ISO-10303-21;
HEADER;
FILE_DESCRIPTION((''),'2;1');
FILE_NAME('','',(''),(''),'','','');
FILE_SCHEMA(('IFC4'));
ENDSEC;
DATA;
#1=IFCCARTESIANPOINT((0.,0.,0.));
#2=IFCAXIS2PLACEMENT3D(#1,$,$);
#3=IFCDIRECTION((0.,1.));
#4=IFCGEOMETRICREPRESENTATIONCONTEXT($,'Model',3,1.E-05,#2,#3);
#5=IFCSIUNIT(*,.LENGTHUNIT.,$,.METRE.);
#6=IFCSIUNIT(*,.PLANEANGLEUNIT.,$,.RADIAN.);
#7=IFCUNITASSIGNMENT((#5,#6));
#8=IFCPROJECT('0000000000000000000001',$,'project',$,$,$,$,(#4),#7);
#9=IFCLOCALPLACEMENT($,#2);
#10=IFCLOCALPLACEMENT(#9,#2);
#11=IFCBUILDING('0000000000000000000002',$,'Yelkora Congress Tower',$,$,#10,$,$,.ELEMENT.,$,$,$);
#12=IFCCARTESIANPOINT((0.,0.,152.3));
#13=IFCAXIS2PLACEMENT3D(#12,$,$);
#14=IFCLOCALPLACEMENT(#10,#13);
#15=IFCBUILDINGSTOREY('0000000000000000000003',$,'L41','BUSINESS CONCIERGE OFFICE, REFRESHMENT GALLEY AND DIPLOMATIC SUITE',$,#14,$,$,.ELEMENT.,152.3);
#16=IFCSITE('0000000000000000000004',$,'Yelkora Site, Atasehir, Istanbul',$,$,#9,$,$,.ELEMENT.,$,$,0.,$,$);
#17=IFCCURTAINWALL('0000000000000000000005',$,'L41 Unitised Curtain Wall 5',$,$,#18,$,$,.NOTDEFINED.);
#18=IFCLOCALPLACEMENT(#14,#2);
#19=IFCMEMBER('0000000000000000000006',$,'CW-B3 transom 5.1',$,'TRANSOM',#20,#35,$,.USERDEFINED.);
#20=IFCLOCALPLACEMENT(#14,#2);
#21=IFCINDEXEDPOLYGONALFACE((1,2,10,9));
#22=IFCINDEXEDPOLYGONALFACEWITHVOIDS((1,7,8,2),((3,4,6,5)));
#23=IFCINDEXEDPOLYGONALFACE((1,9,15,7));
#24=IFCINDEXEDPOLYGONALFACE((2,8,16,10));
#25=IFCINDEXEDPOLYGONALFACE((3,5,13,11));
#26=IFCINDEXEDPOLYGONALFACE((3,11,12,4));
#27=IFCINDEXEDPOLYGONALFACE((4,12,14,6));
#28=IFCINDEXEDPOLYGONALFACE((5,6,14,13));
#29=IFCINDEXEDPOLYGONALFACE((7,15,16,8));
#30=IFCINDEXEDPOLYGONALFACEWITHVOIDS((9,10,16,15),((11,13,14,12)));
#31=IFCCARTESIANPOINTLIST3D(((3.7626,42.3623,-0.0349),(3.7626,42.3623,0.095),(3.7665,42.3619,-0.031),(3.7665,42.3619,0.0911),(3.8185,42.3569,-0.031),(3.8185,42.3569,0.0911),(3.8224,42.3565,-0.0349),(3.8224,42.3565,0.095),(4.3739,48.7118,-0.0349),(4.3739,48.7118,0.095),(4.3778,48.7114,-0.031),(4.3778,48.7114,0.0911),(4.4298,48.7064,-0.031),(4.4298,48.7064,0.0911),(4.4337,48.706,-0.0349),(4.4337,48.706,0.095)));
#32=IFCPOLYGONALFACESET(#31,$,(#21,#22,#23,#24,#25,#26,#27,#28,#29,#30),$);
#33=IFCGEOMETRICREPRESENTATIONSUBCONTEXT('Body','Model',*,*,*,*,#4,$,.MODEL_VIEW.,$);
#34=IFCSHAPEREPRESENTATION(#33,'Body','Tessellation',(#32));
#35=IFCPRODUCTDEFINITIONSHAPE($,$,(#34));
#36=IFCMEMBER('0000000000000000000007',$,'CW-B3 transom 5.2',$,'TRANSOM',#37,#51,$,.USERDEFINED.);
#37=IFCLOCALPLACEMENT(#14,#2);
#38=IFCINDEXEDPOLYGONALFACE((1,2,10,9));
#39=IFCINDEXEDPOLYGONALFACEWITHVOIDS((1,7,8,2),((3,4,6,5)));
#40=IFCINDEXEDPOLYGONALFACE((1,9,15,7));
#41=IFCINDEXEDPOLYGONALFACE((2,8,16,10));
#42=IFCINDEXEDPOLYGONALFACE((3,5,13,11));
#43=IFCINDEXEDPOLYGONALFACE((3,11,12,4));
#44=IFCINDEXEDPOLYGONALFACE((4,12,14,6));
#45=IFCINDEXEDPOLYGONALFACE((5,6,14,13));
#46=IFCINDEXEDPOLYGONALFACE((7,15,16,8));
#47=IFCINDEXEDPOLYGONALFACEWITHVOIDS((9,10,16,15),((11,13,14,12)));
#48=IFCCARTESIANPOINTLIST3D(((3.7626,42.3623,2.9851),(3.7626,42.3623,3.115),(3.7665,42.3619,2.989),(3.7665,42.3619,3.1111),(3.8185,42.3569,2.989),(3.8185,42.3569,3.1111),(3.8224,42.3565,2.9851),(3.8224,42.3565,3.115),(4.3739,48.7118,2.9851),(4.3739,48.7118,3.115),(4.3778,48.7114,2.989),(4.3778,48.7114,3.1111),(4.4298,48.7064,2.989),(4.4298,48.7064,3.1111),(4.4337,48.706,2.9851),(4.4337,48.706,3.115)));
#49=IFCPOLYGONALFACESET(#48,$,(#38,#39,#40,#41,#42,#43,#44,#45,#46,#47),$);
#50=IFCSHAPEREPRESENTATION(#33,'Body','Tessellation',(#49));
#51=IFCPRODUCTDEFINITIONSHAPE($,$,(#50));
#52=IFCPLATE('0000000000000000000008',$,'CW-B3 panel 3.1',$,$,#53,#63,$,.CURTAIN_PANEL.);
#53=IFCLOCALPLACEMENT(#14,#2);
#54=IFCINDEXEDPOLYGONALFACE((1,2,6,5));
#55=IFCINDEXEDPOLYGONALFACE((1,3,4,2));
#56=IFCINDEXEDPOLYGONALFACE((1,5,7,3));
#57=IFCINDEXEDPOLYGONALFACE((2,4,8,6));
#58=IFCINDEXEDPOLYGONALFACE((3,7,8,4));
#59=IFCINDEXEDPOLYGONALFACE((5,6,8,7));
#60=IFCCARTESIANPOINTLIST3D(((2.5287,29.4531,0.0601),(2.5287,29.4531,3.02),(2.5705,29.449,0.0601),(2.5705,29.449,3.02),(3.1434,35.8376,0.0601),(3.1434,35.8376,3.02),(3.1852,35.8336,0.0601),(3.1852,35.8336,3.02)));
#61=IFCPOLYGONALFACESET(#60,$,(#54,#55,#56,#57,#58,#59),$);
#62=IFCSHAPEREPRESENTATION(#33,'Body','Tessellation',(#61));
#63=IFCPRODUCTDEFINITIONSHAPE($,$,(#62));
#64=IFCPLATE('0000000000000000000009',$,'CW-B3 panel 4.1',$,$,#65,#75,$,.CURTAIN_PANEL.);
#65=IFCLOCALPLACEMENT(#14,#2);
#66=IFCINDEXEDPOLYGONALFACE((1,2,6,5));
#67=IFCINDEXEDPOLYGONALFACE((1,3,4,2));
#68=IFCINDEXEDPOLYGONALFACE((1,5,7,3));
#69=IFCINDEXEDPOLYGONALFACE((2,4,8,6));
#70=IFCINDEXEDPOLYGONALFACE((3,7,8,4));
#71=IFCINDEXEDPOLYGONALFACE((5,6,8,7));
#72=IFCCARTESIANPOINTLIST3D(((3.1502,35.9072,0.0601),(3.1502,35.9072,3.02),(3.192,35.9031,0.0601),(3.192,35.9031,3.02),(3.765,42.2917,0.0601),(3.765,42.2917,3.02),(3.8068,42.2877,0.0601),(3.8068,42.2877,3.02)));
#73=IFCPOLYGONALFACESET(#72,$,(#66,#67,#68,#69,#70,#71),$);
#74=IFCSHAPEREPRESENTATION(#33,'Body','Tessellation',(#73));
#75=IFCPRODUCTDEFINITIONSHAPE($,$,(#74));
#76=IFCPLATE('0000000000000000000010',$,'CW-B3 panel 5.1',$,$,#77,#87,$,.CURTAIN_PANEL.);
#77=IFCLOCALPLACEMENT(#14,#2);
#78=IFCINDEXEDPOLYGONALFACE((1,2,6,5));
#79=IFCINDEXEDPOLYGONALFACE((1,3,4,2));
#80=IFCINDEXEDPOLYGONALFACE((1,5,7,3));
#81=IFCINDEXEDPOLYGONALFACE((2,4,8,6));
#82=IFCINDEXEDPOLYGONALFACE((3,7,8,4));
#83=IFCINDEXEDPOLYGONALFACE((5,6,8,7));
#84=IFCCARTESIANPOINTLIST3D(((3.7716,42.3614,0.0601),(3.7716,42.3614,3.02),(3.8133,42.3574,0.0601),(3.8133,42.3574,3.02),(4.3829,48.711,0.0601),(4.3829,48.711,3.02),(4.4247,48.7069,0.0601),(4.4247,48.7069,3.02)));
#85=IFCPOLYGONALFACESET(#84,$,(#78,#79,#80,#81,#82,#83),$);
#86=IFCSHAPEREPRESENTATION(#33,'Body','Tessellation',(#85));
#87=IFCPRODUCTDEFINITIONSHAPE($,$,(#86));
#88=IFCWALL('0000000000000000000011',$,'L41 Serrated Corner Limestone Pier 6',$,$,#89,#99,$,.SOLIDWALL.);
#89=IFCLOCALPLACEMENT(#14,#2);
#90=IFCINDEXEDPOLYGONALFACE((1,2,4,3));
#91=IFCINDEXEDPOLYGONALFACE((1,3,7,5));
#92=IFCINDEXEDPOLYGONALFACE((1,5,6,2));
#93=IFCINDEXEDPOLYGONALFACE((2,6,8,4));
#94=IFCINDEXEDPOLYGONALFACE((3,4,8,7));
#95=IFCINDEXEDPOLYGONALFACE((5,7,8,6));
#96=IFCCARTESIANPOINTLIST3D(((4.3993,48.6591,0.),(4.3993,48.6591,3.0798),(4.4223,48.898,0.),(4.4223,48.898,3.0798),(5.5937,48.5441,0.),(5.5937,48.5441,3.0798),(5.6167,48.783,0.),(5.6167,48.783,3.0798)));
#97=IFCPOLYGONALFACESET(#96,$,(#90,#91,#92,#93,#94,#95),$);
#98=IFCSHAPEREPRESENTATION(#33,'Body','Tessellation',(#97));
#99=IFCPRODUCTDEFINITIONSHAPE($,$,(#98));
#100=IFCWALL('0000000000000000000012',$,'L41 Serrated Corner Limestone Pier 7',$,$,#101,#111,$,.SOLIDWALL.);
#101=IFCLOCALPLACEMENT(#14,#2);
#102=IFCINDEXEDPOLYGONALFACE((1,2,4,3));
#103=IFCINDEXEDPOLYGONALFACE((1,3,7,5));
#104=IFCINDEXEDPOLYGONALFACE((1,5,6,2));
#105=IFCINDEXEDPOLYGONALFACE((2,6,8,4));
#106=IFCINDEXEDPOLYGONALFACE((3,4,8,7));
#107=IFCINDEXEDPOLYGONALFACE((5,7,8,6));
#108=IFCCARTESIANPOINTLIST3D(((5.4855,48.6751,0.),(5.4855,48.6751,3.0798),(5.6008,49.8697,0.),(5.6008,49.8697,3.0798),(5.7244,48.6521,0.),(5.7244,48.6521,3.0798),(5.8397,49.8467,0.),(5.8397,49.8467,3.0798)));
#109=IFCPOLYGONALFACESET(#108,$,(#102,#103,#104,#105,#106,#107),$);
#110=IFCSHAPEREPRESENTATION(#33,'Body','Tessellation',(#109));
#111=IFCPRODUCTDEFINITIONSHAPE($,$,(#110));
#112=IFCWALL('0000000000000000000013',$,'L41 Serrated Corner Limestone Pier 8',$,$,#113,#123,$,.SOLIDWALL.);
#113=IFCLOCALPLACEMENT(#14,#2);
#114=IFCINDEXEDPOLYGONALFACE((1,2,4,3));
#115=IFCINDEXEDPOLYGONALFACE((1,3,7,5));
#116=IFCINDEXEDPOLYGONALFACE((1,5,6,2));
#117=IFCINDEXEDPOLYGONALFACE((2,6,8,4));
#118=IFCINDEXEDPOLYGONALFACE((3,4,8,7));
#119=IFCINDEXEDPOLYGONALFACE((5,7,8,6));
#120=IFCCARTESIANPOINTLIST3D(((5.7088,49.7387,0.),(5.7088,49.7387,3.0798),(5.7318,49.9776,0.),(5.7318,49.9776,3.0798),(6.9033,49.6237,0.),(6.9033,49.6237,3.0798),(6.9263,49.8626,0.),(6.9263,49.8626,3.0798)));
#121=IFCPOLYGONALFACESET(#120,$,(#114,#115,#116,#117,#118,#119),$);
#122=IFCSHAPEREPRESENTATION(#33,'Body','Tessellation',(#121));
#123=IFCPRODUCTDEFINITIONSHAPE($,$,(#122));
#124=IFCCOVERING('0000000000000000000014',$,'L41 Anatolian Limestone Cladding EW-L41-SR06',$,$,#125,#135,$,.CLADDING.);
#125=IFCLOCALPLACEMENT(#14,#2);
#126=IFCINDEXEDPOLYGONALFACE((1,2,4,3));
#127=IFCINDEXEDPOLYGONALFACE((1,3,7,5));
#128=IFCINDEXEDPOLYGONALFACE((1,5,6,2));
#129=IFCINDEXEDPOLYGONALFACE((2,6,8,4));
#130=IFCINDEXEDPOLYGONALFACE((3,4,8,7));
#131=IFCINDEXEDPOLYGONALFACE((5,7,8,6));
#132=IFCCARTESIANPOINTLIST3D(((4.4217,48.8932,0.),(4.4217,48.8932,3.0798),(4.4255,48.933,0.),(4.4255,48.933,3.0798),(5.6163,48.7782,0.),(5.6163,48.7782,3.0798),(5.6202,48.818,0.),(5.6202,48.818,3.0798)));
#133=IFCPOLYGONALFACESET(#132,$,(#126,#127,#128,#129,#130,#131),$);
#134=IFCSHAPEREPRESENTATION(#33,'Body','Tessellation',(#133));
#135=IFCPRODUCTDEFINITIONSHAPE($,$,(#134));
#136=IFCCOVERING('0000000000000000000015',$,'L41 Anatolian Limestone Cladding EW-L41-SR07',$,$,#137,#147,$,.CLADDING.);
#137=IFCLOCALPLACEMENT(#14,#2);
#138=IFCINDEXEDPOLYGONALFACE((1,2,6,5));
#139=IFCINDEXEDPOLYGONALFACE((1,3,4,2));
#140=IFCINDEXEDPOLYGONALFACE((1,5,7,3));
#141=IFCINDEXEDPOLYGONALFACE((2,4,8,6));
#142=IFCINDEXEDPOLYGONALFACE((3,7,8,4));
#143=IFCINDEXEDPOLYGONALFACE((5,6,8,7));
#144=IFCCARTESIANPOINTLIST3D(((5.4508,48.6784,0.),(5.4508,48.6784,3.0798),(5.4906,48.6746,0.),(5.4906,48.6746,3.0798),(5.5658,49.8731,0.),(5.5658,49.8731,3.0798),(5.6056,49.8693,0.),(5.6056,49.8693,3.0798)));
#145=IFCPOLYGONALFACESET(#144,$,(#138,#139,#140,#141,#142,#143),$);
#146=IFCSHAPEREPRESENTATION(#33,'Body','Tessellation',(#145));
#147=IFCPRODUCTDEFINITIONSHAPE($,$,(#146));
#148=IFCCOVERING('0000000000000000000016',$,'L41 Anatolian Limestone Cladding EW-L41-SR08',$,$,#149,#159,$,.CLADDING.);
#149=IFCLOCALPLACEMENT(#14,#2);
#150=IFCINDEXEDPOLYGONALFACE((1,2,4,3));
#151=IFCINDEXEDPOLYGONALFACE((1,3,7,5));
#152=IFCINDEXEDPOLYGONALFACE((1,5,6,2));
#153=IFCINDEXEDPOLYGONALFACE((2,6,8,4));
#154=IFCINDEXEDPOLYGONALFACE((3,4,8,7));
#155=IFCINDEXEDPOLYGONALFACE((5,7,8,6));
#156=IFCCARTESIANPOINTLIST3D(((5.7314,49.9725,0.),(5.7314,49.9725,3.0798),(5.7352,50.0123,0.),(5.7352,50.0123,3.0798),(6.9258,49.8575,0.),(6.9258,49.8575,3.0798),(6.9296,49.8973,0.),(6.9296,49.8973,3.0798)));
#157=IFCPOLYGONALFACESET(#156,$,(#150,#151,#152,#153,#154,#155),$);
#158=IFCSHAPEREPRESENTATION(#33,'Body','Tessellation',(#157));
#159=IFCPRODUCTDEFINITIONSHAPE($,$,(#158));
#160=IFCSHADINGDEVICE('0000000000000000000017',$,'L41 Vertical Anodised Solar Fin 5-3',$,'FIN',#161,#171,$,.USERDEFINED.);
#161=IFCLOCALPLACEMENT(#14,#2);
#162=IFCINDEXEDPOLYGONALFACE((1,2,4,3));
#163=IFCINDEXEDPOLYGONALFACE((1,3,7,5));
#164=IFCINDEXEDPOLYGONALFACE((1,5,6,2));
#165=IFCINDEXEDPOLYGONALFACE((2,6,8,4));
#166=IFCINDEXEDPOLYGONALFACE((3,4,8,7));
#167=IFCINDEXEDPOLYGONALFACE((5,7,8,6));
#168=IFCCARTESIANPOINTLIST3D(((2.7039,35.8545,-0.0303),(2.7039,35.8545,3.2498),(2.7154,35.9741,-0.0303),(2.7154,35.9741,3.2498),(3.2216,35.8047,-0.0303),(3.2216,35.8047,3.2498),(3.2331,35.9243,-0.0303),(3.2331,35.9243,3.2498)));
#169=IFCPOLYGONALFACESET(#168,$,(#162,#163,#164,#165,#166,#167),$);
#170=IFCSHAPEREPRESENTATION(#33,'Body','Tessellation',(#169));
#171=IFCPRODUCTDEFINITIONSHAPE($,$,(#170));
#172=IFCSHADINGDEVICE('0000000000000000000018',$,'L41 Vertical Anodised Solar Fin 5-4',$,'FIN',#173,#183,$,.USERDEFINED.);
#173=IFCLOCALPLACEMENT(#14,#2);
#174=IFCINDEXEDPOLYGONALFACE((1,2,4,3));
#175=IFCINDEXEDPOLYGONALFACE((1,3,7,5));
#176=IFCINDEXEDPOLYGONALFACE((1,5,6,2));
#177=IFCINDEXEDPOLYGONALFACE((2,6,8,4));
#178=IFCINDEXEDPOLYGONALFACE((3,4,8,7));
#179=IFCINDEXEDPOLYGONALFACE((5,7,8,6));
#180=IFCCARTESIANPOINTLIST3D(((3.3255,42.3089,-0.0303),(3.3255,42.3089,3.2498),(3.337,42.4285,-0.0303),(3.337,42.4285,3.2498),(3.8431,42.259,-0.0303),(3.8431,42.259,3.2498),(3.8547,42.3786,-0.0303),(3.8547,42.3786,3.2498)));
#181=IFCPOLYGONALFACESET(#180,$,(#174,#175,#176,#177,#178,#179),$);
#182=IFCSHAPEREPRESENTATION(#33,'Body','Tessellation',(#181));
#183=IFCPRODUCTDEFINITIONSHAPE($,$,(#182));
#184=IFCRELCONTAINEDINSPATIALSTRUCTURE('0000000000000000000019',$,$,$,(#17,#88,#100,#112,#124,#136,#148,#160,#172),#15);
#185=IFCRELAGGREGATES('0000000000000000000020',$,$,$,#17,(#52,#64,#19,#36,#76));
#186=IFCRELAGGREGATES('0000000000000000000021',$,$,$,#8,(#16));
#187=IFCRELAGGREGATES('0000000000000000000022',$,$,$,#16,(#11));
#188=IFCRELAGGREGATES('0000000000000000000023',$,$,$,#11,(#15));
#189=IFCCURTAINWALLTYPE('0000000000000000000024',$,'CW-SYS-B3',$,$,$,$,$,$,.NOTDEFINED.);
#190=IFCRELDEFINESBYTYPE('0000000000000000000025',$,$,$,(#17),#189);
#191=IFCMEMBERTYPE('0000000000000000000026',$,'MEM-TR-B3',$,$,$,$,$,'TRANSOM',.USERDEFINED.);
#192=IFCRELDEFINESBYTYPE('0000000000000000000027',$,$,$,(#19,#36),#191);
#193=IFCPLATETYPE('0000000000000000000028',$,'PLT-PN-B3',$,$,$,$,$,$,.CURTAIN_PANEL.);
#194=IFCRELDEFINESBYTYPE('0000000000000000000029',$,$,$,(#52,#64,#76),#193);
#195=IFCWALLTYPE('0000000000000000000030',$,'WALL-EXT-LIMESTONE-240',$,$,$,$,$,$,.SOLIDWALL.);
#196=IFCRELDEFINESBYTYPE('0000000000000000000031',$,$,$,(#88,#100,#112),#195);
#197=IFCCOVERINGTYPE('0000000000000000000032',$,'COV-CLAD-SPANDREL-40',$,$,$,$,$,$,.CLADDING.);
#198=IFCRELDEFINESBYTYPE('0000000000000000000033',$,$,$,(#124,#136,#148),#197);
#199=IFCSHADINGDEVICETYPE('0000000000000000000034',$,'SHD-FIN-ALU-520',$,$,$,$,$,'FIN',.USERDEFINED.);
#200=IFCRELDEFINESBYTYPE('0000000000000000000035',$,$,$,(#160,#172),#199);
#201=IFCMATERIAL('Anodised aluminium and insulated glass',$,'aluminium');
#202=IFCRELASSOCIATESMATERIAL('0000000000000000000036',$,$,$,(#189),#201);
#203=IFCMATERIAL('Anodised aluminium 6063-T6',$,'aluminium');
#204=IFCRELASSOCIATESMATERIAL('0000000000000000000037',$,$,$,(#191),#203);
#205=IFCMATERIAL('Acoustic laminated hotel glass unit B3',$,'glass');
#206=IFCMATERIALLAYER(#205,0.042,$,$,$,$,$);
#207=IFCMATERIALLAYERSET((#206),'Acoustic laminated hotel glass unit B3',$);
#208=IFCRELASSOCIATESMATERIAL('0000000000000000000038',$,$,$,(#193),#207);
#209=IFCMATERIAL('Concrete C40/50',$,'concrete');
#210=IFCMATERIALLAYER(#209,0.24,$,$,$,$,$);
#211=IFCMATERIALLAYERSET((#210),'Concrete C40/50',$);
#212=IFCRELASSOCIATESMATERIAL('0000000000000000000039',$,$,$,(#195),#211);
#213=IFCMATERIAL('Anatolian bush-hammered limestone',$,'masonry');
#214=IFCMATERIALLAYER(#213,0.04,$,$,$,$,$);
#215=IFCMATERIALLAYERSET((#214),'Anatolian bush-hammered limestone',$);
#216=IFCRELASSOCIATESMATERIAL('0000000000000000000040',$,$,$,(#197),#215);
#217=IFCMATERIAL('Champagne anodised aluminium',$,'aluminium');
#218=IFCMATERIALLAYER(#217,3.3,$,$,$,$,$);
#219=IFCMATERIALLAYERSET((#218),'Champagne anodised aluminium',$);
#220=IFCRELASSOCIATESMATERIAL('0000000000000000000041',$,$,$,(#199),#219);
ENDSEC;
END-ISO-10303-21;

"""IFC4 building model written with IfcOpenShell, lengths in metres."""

from ifc_helpers import new_model, si_unit, direction, frame, frame_2d, origin, origin_2d, place, context, subcontext, project, spatial, rectangle, hollow_rectangle, extrude, material, layer, layer_set, material_profile, profile_set, type_object, element, aggregate, save


model = new_model("IFC4")

# Units and contexts
model_context = context("Model", 3, precision=1e-05, world=origin(), true_north=direction((0.0, 1.0)))
body_context = subcontext(model_context, "Body", "Model", "MODEL_VIEW")
ifc_project = project(units=[si_unit("LENGTHUNIT", "METRE"), si_unit("PLANEANGLEUNIT", "RADIAN")], contexts=[model_context])

# Site, building, storey
site_placement = place(None, origin())
site = spatial("IfcSite", under=ifc_project, at=site_placement, Name="Yelkora Site, Atasehir, Istanbul", CompositionType="ELEMENT", RefElevation=0.0)
building_placement = place(site_placement, origin())
building = spatial("IfcBuilding", under=site, at=building_placement, Name="Yelkora Congress Tower", CompositionType="ELEMENT")
storey_placement = place(building_placement, frame((0.0, 0.0, 152.3)))
storey = spatial("IfcBuildingStorey", under=building, at=storey_placement, Name="L41", Description="BUSINESS CONCIERGE OFFICE, REFRESHMENT GALLEY AND DIPLOMATIC SUITE", CompositionType="ELEMENT", Elevation=152.3)

# Curtain wall, members, plates
ifc_material_1 = material(Name="Anodised aluminium and insulated glass", Category="aluminium")
curtain_wall_type = type_object("IfcCurtainWallType", Name="CW-SYS-B3", PredefinedType="NOTDEFINED", material=ifc_material_1)
curtain_wall_placement = place(storey_placement, origin())
curtain_wall = element("IfcCurtainWall", 1, at=curtain_wall_placement, inside=storey, type_object=curtain_wall_type, Name="L41 Unitised Curtain Wall 5", PredefinedType="NOTDEFINED")
ifc_material_2 = material(Name="Anodised aluminium 6063-T6", Category="aluminium")
ifc_material_profile_1 = material_profile(ifc_material_2, hollow_rectangle(XDim=0.0601, YDim=0.1299, WallThickness=0.0039, at=origin_2d()), Name="ALU 60x130x4")
ifc_profile_set_1 = profile_set([ifc_material_profile_1], Name="Anodised aluminium 6063-T6")
member_type_1 = type_object("IfcMemberType", Name="MEM-TR-B3", ElementType="TRANSOM", PredefinedType="USERDEFINED", material=ifc_profile_set_1)
member_1_placement = place(storey_placement, frame((3.7925, 42.3594, 0.03), z_axis=(0.095835, 0.995397, 0.0), x_axis=(-0.995397, 0.095835, 0.0)))
member_1 = element("IfcMember", 2, at=member_1_placement, type_object=member_type_1, Name="CW-B3 transom 5.1", ObjectType="TRANSOM", PredefinedType="USERDEFINED", context=body_context, shape_type="SweptSolid", body=[
    extrude(hollow_rectangle(XDim=0.0601, YDim=0.1299, WallThickness=0.0039, at=origin_2d()), origin(), (0.0, 0.0, 1.0), 6.3789),
])
member_2_placement = place(storey_placement, frame((3.7925, 42.3594, 3.05), z_axis=(0.095835, 0.995397, 0.0), x_axis=(-0.995397, 0.095835, 0.0)))
member_2 = element("IfcMember", 3, at=member_2_placement, type_object=member_type_1, Name="CW-B3 transom 5.2", ObjectType="TRANSOM", PredefinedType="USERDEFINED", context=body_context, shape_type="SweptSolid", body=[
    extrude(hollow_rectangle(XDim=0.0601, YDim=0.1299, WallThickness=0.0039, at=origin_2d()), origin(), (0.0, 0.0, 1.0), 6.3789),
])
ifc_material_3 = material(Name="Acoustic laminated hotel glass unit B3", Category="glass")
ifc_layer_1 = layer(ifc_material_3, 0.042)
ifc_layer_set_1 = layer_set([ifc_layer_1], Name="Acoustic laminated hotel glass unit B3")
plate_type = type_object("IfcPlateType", Name="PLT-PN-B3", PredefinedType="CURTAIN_PANEL", material=ifc_layer_set_1)
plate_1_placement = place(storey_placement, frame((2.8569, 32.6433, 0.0601), z_axis=(0.0, 0.0, 1.0), x_axis=(0.095845, 0.995396, 0.0)))
plate_1 = element("IfcPlate", 4, at=plate_1_placement, type_object=plate_type, Name="CW-B3 panel 3.1", PredefinedType="CURTAIN_PANEL", context=body_context, shape_type="SweptSolid", body=[
    extrude(rectangle(XDim=6.4141, YDim=0.042, at=origin_2d()), origin(), (0.0, 0.0, 1.0), 2.96),
])
plate_2_placement = place(storey_placement, frame((3.4785, 39.0974, 0.0601), z_axis=(0.0, 0.0, 1.0), x_axis=(0.095845, 0.995396, 0.0)))
plate_2 = element("IfcPlate", 5, at=plate_2_placement, type_object=plate_type, Name="CW-B3 panel 4.1", PredefinedType="CURTAIN_PANEL", context=body_context, shape_type="SweptSolid", body=[
    extrude(rectangle(XDim=6.4141, YDim=0.042, at=origin_2d()), origin(), (0.0, 0.0, 1.0), 2.96),
])
plate_3_placement = place(storey_placement, frame((4.0981, 45.5342, 0.0601), z_axis=(0.0, 0.0, 1.0), x_axis=(0.095845, 0.995396, 0.0)))
plate_3 = element("IfcPlate", 6, at=plate_3_placement, type_object=plate_type, Name="CW-B3 panel 5.1", PredefinedType="CURTAIN_PANEL", context=body_context, shape_type="SweptSolid", body=[
    extrude(rectangle(XDim=6.3789, YDim=0.042, at=origin_2d()), origin(), (0.0, 0.0, 1.0), 2.96),
])
aggregate(curtain_wall, [plate_1, plate_2, member_1, member_2, plate_3])

# Walls
ifc_material_4 = material(Name="Concrete C40/50", Category="concrete")
ifc_layer_2 = layer(ifc_material_4, 0.24)
ifc_layer_set_2 = layer_set([ifc_layer_2], Name="Concrete C40/50")
wall_type = type_object("IfcWallType", Name="WALL-EXT-LIMESTONE-240", PredefinedType="SOLIDWALL", material=ifc_layer_set_2)
wall_1_placement = place(storey_placement, frame((4.4106, 48.7786, 0.0), z_axis=(0.0, 0.0, 1.0), x_axis=(0.995397, -0.095836, 0.0)))
element("IfcWall", 7, at=wall_1_placement, inside=storey, type_object=wall_type, Name="L41 Serrated Corner Limestone Pier 6", PredefinedType="SOLIDWALL", context=body_context, shape_type="SweptSolid", body=[
    extrude(rectangle(XDim=1.2, YDim=0.24, at=frame_2d((0.6001, 0.0))), origin(), (0.0, 0.0, 1.0), 3.0798),
])
wall_2_placement = place(storey_placement, frame((5.605, 48.6636, 0.0), z_axis=(0.0, 0.0, 1.0), x_axis=(0.096019, 0.99538, 0.0)))
element("IfcWall", 8, at=wall_2_placement, inside=storey, type_object=wall_type, Name="L41 Serrated Corner Limestone Pier 7", PredefinedType="SOLIDWALL", context=body_context, shape_type="SweptSolid", body=[
    extrude(rectangle(XDim=1.2002, YDim=0.24, at=frame_2d((0.6001, 0.0))), origin(), (0.0, 0.0, 1.0), 3.0798),
])
wall_3_placement = place(storey_placement, frame((5.7202, 49.8582, 0.0), z_axis=(0.0, 0.0, 1.0), x_axis=(0.995397, -0.095836, 0.0)))
element("IfcWall", 9, at=wall_3_placement, inside=storey, type_object=wall_type, Name="L41 Serrated Corner Limestone Pier 8", PredefinedType="SOLIDWALL", context=body_context, shape_type="SweptSolid", body=[
    extrude(rectangle(XDim=1.2, YDim=0.24, at=frame_2d((0.6001, 0.0))), origin(), (0.0, 0.0, 1.0), 3.0798),
])

# Coverings
ifc_material_5 = material(Name="Anatolian bush-hammered limestone", Category="masonry")
ifc_layer_3 = layer(ifc_material_5, 0.04)
ifc_layer_set_3 = layer_set([ifc_layer_3], Name="Anatolian bush-hammered limestone")
covering_type = type_object("IfcCoveringType", Name="COV-CLAD-SPANDREL-40", PredefinedType="CLADDING", material=ifc_layer_set_3)
for number, where, z_axis, x_axis, name in (
    (10, (4.4236, 48.9131, 0.0), (0.0, 0.0, 1.0), (0.995399, -0.095817, 0.0), "L41 Anatolian Limestone Cladding EW-L41-SR06"),
    (11, (5.4707, 48.6765, 0.0), (0.0, 0.0, 1.0), (0.095817, 0.995399, 0.0), "L41 Anatolian Limestone Cladding EW-L41-SR07"),
):
    element("IfcCovering", number, at=place(storey_placement, frame(where, z_axis=z_axis, x_axis=x_axis)), inside=storey, type_object=covering_type, Name=name, PredefinedType="CLADDING", context=body_context, shape_type="SweptSolid", body=[
        extrude(rectangle(XDim=1.2002, YDim=0.04, at=frame_2d((0.6001, 0.0))), origin(), (0.0, 0.0, 1.0), 3.0798),
    ])
covering_placement = place(storey_placement, frame((5.7332, 49.9924, 0.0), z_axis=(0.0, 0.0, 1.0), x_axis=(0.995397, -0.095836, 0.0)))
element("IfcCovering", 12, at=covering_placement, inside=storey, type_object=covering_type, Name="L41 Anatolian Limestone Cladding EW-L41-SR08", PredefinedType="CLADDING", context=body_context, shape_type="SweptSolid", body=[
    extrude(rectangle(XDim=1.2, YDim=0.04, at=frame_2d((0.6001, 0.0))), origin(), (0.0, 0.0, 1.0), 3.0798),
])

# Shading devices
ifc_material_6 = material(Name="Champagne anodised aluminium", Category="aluminium")
ifc_layer_4 = layer(ifc_material_6, 3.3)
ifc_layer_set_4 = layer_set([ifc_layer_4], Name="Champagne anodised aluminium")
shading_device_type = type_object("IfcShadingDeviceType", Name="SHD-FIN-ALU-520", ElementType="FIN", PredefinedType="USERDEFINED", material=ifc_layer_set_4)
for number, where, z_axis, x_axis, name in (
    (13, (2.9685, 35.8894, -0.0303), (0.0, 0.0, 1.0), (0.095846, 0.995396, 0.0), "L41 Vertical Anodised Solar Fin 5-3"),
    (14, (3.5901, 42.3438, -0.0303), (0.0, 0.0, 1.0), (0.095846, 0.995396, 0.0), "L41 Vertical Anodised Solar Fin 5-4"),
):
    element("IfcShadingDevice", number, at=place(storey_placement, frame(where, z_axis=z_axis, x_axis=x_axis)), inside=storey, type_object=shading_device_type, Name=name, ObjectType="FIN", PredefinedType="USERDEFINED", context=body_context, shape_type="SweptSolid", body=[
        extrude(rectangle(XDim=0.1201, YDim=0.52, at=origin_2d()), origin(), (0.0, 0.0, 1.0), 3.28),
    ])

save(model, "model.ifc")
